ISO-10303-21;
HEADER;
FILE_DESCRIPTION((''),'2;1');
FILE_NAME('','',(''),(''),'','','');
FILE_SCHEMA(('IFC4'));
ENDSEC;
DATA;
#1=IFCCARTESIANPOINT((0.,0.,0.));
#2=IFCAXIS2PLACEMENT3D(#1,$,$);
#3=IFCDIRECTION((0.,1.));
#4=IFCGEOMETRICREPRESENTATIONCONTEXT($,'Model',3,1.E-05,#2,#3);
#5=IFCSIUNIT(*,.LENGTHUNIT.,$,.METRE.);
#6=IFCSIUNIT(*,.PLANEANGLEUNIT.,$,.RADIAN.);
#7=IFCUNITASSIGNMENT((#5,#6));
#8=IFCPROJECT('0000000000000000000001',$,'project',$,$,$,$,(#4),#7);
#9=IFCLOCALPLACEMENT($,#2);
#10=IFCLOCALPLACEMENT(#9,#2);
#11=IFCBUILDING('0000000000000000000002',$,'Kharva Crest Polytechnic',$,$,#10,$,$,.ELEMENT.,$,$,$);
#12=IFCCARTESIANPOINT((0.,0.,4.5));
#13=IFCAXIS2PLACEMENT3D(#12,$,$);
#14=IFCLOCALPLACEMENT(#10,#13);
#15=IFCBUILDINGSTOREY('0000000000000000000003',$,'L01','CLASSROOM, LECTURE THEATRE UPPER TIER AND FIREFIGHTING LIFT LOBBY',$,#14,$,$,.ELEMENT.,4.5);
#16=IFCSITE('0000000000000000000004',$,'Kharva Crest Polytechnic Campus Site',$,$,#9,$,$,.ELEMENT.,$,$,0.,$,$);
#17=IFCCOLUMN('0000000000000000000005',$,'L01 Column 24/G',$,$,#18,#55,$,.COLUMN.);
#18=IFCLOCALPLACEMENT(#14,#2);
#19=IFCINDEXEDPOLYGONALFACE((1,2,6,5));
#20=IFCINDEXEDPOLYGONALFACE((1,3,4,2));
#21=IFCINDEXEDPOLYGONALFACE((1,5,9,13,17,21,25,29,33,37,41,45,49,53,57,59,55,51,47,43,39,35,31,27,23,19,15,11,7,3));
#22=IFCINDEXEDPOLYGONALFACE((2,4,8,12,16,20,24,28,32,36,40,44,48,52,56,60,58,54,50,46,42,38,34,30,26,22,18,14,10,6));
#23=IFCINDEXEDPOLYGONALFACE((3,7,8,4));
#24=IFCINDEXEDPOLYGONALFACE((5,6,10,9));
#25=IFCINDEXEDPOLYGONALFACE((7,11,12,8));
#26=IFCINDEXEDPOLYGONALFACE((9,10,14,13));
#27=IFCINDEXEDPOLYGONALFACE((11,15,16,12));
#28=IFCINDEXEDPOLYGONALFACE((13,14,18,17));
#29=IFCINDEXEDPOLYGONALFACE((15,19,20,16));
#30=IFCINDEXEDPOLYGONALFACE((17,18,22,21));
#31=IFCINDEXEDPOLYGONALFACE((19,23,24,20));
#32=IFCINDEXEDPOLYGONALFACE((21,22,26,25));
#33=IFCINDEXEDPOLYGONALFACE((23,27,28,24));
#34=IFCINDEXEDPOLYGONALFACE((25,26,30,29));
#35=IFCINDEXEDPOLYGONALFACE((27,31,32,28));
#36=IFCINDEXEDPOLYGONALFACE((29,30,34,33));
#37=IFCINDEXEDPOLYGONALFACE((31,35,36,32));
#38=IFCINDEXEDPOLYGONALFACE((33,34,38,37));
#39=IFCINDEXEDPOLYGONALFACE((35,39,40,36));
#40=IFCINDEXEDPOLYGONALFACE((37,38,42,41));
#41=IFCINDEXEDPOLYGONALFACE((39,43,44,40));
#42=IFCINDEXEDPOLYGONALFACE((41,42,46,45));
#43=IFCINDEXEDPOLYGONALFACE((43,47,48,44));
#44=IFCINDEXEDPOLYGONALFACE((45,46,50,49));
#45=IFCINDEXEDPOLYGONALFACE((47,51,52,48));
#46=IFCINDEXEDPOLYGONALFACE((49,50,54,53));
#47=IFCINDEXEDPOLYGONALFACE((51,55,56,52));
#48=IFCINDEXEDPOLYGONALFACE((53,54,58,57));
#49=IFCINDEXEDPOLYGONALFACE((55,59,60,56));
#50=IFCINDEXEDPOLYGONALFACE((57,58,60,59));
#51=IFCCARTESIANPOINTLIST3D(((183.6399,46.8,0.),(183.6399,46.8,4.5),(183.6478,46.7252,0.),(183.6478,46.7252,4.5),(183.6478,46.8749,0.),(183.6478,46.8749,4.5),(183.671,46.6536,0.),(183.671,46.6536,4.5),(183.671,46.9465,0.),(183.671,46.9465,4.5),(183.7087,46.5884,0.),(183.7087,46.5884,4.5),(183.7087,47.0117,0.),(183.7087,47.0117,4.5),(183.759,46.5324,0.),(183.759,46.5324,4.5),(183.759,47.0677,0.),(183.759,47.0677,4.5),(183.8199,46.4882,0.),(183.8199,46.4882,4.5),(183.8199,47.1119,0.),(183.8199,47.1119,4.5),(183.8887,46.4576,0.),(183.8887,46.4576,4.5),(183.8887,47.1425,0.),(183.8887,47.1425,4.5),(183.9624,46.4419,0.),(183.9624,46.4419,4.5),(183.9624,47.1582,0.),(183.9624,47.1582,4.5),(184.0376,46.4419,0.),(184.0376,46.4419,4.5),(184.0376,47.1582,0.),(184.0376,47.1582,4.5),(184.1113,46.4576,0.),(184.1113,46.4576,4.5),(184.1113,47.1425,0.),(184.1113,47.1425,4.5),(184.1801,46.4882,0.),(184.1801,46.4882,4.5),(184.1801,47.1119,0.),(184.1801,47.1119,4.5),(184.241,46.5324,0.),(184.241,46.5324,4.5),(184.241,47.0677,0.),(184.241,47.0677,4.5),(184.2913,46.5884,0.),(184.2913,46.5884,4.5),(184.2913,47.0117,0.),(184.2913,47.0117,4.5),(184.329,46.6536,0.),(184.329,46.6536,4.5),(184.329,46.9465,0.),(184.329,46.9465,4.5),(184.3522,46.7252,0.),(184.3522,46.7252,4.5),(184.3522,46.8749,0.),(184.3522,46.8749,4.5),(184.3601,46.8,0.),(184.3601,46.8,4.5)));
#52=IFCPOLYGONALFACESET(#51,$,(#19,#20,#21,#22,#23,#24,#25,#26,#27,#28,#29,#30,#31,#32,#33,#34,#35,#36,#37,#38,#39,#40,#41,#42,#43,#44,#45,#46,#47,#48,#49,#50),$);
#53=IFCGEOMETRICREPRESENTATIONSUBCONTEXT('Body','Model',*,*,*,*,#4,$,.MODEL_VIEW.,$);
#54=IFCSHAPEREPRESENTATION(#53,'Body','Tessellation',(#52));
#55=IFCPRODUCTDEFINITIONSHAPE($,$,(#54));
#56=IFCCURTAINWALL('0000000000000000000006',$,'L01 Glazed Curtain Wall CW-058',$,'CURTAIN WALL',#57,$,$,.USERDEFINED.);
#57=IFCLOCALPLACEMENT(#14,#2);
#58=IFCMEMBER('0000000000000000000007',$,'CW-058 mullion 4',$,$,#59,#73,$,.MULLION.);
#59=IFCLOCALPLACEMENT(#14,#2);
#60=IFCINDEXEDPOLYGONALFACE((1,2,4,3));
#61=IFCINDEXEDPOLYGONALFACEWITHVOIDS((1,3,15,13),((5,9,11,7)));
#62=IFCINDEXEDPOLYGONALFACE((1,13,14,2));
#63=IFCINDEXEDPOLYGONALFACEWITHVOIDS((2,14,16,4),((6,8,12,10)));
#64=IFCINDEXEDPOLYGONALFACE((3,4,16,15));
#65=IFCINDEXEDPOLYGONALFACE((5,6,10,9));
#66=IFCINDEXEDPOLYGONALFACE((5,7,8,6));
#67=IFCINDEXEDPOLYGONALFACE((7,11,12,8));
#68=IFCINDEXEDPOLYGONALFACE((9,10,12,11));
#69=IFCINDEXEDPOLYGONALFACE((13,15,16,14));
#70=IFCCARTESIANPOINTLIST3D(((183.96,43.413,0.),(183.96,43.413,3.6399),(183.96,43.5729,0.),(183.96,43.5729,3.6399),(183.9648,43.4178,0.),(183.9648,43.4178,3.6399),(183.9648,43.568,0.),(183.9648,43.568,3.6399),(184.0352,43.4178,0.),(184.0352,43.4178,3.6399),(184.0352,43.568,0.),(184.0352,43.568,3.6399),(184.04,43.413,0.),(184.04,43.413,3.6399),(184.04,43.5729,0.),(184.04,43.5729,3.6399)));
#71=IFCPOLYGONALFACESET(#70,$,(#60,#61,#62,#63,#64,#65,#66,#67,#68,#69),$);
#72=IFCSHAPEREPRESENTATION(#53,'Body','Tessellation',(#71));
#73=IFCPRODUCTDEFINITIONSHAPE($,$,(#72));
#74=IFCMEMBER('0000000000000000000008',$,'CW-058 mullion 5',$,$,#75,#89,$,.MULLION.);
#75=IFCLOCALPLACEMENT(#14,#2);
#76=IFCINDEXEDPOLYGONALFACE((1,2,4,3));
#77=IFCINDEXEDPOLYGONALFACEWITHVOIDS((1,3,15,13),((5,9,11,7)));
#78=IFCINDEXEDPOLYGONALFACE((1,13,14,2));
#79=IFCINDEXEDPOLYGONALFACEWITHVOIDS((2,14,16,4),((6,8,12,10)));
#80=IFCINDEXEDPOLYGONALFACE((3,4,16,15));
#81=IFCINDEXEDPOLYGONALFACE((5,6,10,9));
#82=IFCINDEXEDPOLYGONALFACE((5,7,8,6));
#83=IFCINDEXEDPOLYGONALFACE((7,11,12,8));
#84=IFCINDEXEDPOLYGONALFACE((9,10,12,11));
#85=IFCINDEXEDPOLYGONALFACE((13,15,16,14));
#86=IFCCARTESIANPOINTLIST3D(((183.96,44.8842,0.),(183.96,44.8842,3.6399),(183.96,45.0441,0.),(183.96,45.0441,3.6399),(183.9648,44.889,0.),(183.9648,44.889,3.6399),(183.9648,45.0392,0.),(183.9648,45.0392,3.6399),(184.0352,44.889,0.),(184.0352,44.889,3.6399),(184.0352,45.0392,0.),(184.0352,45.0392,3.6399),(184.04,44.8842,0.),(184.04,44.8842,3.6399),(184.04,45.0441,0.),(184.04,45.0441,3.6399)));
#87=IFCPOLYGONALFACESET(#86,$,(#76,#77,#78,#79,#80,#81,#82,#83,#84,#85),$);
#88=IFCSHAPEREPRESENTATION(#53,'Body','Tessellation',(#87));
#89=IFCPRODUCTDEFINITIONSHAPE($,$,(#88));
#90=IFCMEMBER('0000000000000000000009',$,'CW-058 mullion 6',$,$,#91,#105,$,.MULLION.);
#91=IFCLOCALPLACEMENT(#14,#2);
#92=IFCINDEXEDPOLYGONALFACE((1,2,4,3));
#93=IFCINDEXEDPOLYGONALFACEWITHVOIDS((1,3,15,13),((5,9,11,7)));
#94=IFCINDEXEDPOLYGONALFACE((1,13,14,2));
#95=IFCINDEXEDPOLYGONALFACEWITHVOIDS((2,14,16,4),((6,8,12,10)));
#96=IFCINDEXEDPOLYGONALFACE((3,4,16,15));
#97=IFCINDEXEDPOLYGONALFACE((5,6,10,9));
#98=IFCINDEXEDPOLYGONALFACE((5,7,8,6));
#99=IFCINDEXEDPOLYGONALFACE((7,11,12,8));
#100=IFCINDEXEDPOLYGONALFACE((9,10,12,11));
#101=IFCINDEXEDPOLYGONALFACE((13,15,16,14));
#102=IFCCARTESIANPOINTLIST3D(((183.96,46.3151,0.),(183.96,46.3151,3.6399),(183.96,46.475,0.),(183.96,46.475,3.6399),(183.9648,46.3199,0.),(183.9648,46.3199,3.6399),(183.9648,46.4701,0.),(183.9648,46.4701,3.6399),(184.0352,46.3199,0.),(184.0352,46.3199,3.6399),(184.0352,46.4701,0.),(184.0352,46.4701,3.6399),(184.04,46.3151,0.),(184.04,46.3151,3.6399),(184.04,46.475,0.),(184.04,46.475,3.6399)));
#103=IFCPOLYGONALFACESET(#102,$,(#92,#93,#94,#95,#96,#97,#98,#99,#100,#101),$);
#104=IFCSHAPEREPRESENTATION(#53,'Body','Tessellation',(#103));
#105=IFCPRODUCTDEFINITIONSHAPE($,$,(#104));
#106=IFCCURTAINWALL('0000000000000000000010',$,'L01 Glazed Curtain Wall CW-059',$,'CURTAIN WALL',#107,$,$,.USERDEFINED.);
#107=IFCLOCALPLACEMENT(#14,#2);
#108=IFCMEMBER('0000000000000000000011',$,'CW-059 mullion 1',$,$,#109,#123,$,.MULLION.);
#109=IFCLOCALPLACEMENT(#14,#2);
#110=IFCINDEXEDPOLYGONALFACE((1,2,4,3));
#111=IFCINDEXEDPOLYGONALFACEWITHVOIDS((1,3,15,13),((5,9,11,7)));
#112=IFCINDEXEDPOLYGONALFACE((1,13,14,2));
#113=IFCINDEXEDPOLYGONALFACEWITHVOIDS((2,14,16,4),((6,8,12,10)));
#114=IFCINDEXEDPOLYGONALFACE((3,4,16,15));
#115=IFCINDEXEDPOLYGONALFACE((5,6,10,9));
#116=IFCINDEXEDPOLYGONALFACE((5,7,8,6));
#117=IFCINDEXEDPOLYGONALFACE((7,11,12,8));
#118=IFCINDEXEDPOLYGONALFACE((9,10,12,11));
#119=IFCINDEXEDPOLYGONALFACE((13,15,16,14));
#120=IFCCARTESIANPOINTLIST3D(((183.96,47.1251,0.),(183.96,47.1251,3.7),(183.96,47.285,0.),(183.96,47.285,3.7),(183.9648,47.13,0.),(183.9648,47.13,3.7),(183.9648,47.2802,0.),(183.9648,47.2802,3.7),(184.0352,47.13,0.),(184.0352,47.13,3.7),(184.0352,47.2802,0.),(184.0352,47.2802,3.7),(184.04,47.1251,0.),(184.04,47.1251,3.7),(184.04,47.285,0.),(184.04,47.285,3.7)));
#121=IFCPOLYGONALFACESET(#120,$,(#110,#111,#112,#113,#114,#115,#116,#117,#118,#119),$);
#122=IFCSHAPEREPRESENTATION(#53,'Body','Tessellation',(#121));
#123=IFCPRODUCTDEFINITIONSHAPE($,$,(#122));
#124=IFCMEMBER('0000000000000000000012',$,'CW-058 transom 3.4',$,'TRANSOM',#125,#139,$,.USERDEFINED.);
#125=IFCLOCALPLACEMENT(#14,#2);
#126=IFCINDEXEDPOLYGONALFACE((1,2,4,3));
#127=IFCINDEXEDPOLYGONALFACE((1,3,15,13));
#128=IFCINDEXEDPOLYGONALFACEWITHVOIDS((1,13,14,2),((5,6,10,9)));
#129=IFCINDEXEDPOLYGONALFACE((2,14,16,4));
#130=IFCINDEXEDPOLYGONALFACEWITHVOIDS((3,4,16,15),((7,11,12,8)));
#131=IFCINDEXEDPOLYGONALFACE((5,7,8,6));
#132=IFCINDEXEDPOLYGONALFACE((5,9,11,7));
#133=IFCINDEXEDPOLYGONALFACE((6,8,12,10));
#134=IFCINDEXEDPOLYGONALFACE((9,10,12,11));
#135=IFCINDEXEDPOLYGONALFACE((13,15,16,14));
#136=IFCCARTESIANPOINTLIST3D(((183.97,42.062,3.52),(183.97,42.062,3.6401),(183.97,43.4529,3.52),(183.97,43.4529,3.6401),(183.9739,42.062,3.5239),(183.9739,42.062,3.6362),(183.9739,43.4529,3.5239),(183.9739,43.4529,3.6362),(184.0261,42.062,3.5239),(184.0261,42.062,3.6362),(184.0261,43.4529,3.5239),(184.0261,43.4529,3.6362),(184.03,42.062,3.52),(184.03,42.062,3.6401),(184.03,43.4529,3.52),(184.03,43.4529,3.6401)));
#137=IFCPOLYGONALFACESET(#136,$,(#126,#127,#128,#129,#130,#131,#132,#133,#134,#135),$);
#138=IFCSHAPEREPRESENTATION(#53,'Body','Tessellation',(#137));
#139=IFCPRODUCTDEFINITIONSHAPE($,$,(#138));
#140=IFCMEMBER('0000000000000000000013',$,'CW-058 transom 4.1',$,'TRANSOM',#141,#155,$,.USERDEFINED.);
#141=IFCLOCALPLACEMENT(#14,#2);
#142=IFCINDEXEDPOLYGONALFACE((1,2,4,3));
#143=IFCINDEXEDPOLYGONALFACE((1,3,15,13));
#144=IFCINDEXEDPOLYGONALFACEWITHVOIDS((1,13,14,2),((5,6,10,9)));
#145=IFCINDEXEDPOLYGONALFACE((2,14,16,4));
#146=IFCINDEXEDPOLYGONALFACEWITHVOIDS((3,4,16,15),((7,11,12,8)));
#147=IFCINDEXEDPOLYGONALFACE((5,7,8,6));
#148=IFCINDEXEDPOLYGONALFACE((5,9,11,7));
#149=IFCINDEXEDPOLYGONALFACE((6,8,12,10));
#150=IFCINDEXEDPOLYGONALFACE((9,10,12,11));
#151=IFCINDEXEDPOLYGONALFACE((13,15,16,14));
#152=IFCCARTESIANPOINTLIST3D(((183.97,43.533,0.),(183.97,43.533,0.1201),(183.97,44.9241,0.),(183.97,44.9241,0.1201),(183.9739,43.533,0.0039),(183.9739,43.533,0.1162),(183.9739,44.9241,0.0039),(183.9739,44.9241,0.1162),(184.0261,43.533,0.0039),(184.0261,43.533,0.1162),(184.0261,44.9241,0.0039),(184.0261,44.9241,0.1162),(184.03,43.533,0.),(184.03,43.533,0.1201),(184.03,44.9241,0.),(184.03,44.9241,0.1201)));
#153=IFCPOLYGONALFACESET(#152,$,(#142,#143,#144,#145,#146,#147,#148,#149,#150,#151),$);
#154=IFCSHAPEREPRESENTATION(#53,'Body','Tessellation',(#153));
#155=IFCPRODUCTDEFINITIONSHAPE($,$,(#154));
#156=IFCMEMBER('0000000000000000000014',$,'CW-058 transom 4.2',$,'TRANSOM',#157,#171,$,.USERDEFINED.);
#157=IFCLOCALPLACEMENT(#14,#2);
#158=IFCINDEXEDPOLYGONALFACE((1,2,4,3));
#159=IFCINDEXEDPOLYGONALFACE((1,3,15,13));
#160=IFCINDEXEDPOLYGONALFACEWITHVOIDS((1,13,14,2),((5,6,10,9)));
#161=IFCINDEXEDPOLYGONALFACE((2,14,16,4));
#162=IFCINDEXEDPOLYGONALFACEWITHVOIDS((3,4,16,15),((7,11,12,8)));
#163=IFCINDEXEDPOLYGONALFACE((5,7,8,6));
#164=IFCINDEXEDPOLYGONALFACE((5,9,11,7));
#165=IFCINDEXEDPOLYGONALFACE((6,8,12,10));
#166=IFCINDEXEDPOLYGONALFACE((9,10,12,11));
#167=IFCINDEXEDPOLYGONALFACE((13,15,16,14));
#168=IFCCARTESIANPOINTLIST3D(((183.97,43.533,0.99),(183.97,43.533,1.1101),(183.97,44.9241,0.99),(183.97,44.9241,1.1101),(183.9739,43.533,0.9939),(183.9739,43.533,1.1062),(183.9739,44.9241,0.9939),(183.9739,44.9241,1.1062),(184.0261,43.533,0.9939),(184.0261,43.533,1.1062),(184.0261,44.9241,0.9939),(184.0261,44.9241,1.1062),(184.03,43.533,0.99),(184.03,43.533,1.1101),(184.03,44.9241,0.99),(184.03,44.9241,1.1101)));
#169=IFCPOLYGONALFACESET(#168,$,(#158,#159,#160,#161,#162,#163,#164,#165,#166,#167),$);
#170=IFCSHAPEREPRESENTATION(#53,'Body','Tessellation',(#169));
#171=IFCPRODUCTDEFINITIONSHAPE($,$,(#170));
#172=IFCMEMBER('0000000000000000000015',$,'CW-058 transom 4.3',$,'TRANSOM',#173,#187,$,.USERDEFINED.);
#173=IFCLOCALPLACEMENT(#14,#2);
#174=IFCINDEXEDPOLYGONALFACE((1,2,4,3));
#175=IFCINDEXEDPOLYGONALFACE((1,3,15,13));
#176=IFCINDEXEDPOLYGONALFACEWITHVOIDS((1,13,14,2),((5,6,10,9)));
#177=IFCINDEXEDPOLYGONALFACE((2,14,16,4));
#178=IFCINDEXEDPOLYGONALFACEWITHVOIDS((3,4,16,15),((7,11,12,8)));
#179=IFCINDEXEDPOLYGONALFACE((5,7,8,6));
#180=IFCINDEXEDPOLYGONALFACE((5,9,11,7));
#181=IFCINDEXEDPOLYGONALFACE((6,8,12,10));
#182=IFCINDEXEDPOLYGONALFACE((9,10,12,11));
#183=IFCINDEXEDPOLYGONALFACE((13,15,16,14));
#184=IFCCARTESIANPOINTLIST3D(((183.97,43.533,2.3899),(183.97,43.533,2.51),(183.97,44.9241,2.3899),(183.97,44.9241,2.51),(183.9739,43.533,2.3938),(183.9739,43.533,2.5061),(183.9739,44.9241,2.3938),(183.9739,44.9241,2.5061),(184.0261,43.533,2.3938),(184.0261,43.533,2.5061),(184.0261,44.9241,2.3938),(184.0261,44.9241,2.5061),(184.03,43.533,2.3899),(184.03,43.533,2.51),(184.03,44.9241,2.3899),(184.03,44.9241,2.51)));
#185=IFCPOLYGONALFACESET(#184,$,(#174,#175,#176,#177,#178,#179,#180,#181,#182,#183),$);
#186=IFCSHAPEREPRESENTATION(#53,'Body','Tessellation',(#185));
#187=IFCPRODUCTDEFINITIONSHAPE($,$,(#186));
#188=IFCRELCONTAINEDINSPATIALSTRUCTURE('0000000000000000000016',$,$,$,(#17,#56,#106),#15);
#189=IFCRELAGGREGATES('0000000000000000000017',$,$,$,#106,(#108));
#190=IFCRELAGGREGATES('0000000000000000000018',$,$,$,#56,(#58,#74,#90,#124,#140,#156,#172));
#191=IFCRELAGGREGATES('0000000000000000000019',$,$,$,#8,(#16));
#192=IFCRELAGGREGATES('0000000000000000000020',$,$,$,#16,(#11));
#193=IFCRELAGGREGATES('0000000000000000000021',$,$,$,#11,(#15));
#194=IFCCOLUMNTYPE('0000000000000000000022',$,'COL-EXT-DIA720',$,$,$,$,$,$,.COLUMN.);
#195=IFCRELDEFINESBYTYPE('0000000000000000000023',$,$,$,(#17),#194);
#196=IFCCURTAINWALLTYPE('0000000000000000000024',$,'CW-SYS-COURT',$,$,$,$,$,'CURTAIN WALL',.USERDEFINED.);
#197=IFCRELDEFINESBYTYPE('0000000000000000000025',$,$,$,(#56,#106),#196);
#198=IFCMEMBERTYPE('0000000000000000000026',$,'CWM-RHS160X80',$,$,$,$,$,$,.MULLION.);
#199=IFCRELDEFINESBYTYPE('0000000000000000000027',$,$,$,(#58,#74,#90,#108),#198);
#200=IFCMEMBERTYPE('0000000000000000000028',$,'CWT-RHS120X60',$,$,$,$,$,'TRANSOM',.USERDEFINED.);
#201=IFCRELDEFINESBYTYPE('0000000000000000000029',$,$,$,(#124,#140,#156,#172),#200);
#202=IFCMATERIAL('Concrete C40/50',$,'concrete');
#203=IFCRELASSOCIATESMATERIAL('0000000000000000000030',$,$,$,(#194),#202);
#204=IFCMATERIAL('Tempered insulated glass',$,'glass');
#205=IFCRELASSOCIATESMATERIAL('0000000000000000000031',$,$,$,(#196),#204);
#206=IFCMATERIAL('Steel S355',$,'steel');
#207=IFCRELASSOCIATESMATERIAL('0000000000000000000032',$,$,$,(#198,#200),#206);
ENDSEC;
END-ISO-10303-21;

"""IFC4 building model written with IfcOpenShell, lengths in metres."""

from ifc_helpers import new_model, si_unit, direction, frame, origin, origin_2d, place, context, subcontext, project, spatial, hollow_rectangle, circle, extrude, material, material_profile, profile_set, type_object, element, aggregate, save


model = new_model("IFC4")

# Units and contexts
model_context = context("Model", 3, precision=1e-05, world=origin(), true_north=direction((0.0, 1.0)))
body_context = subcontext(model_context, "Body", "Model", "MODEL_VIEW")
ifc_project = project(units=[si_unit("LENGTHUNIT", "METRE"), si_unit("PLANEANGLEUNIT", "RADIAN")], contexts=[model_context])

# Site, building, storey
site_placement = place(None, origin())
site = spatial("IfcSite", under=ifc_project, at=site_placement, Name="Kharva Crest Polytechnic Campus Site", CompositionType="ELEMENT", RefElevation=0.0)
building_placement = place(site_placement, origin())
building = spatial("IfcBuilding", under=site, at=building_placement, Name="Kharva Crest Polytechnic", CompositionType="ELEMENT")
storey_placement = place(building_placement, frame((0.0, 0.0, 4.5)))
storey = spatial("IfcBuildingStorey", under=building, at=storey_placement, Name="L01", Description="CLASSROOM, LECTURE THEATRE UPPER TIER AND FIREFIGHTING LIFT LOBBY", CompositionType="ELEMENT", Elevation=4.5)

# Column
ifc_material_1 = material(Name="Concrete C40/50", Category="concrete")
ifc_material_profile_1 = material_profile(ifc_material_1, circle(Radius=0.3601, at=origin_2d()), Name="DIA 720")
ifc_profile_set_1 = profile_set([ifc_material_profile_1], Name="Concrete C40/50")
column_type = type_object("IfcColumnType", Name="COL-EXT-DIA720", PredefinedType="COLUMN", material=ifc_profile_set_1)
column_placement = place(storey_placement, frame((184.0, 46.8, 0.0), z_axis=(0.0, 0.0, 1.0), x_axis=(1.0, 0.0, 0.0)))
element("IfcColumn", 1, at=column_placement, inside=storey, type_object=column_type, Name="L01 Column 24/G", PredefinedType="COLUMN", context=body_context, shape_type="SweptSolid", body=[
    extrude(circle(Radius=0.3601, at=origin_2d()), origin(), (0.0, 0.0, 1.0), 4.5),
])

# Curtain wall, members
ifc_material_2 = material(Name="Tempered insulated glass", Category="glass")
curtain_wall_type = type_object("IfcCurtainWallType", Name="CW-SYS-COURT", ElementType="CURTAIN WALL", PredefinedType="USERDEFINED", material=ifc_material_2)
curtain_wall_1_placement = place(storey_placement, origin())
curtain_wall_1 = element("IfcCurtainWall", 2, at=curtain_wall_1_placement, inside=storey, type_object=curtain_wall_type, Name="L01 Glazed Curtain Wall CW-058", ObjectType="CURTAIN WALL", PredefinedType="USERDEFINED")
ifc_material_3 = material(Name="Steel S355", Category="steel")
ifc_material_profile_2 = material_profile(ifc_material_3, hollow_rectangle(XDim=0.0801, YDim=0.1599, WallThickness=0.0049, at=origin_2d()), Name="RHS 160X80X5.0")
ifc_profile_set_2 = profile_set([ifc_material_profile_2], Name="Steel S355")
member_type_1 = type_object("IfcMemberType", Name="CWM-RHS160X80", PredefinedType="MULLION", material=ifc_profile_set_2)
member_1_placement = place(storey_placement, frame((184.0, 43.4929, 0.0), z_axis=(0.0, 0.0, 1.0), x_axis=(-1.0, 0.0, 0.0)))
member_1 = element("IfcMember", 3, at=member_1_placement, type_object=member_type_1, Name="CW-058 mullion 4", PredefinedType="MULLION", context=body_context, shape_type="SweptSolid", body=[
    extrude(hollow_rectangle(XDim=0.0801, YDim=0.1599, WallThickness=0.0049, at=origin_2d()), origin(), (0.0, 0.0, 1.0), 3.6399),
])
member_2_placement = place(storey_placement, frame((184.0, 44.9641, 0.0), z_axis=(0.0, 0.0, 1.0), x_axis=(-1.0, 0.0, 0.0)))
member_2 = element("IfcMember", 4, at=member_2_placement, type_object=member_type_1, Name="CW-058 mullion 5", PredefinedType="MULLION", context=body_context, shape_type="SweptSolid", body=[
    extrude(hollow_rectangle(XDim=0.0801, YDim=0.1599, WallThickness=0.0049, at=origin_2d()), origin(), (0.0, 0.0, 1.0), 3.6399),
])
member_3_placement = place(storey_placement, frame((184.0, 46.395, 0.0), z_axis=(0.0, 0.0, 1.0), x_axis=(-1.0, 0.0, 0.0)))
member_3 = element("IfcMember", 5, at=member_3_placement, type_object=member_type_1, Name="CW-058 mullion 6", PredefinedType="MULLION", context=body_context, shape_type="SweptSolid", body=[
    extrude(hollow_rectangle(XDim=0.0801, YDim=0.1599, WallThickness=0.0049, at=origin_2d()), origin(), (0.0, 0.0, 1.0), 3.6399),
])

# Curtain wall, member
curtain_wall_2_placement = place(storey_placement, origin())
curtain_wall_2 = element("IfcCurtainWall", 6, at=curtain_wall_2_placement, inside=storey, type_object=curtain_wall_type, Name="L01 Glazed Curtain Wall CW-059", ObjectType="CURTAIN WALL", PredefinedType="USERDEFINED")
member_4_placement = place(storey_placement, frame((184.0, 47.2051, 0.0), z_axis=(0.0, 0.0, 1.0), x_axis=(-1.0, 0.0, 0.0)))
member_4 = element("IfcMember", 7, at=member_4_placement, type_object=member_type_1, Name="CW-059 mullion 1", PredefinedType="MULLION", context=body_context, shape_type="SweptSolid", body=[
    extrude(hollow_rectangle(XDim=0.0801, YDim=0.1599, WallThickness=0.0049, at=origin_2d()), origin(), (0.0, 0.0, 1.0), 3.7),
])
aggregate(curtain_wall_2, [member_4])

# Members
ifc_material_profile_3 = material_profile(ifc_material_3, hollow_rectangle(XDim=0.0601, YDim=0.1201, WallThickness=0.0039, at=origin_2d()), Name="RHS 120X60X4.0")
ifc_profile_set_3 = profile_set([ifc_material_profile_3], Name="Steel S355")
member_type_2 = type_object("IfcMemberType", Name="CWT-RHS120X60", ElementType="TRANSOM", PredefinedType="USERDEFINED", material=ifc_profile_set_3)
member_5_placement = place(storey_placement, frame((184.0, 42.062, 3.5801), z_axis=(0.0, 1.0, 0.0), x_axis=(-1.0, 0.0, 0.0)))
member_5 = element("IfcMember", 8, at=member_5_placement, type_object=member_type_2, Name="CW-058 transom 3.4", ObjectType="TRANSOM", PredefinedType="USERDEFINED", context=body_context, shape_type="SweptSolid", body=[
    extrude(hollow_rectangle(XDim=0.0601, YDim=0.1201, WallThickness=0.0039, at=origin_2d()), origin(), (0.0, 0.0, 1.0), 1.3909),
])
member_6_placement = place(storey_placement, frame((184.0, 43.533, 0.0601), z_axis=(0.0, 1.0, 0.0), x_axis=(-1.0, 0.0, 0.0)))
member_6 = element("IfcMember", 9, at=member_6_placement, type_object=member_type_2, Name="CW-058 transom 4.1", ObjectType="TRANSOM", PredefinedType="USERDEFINED", context=body_context, shape_type="SweptSolid", body=[
    extrude(hollow_rectangle(XDim=0.0601, YDim=0.1201, WallThickness=0.0039, at=origin_2d()), origin(), (0.0, 0.0, 1.0), 1.3911),
])
member_7_placement = place(storey_placement, frame((184.0, 43.533, 1.05), z_axis=(0.0, 1.0, 0.0), x_axis=(-1.0, 0.0, 0.0)))
member_7 = element("IfcMember", 10, at=member_7_placement, type_object=member_type_2, Name="CW-058 transom 4.2", ObjectType="TRANSOM", PredefinedType="USERDEFINED", context=body_context, shape_type="SweptSolid", body=[
    extrude(hollow_rectangle(XDim=0.0601, YDim=0.1201, WallThickness=0.0039, at=origin_2d()), origin(), (0.0, 0.0, 1.0), 1.3911),
])
member_8_placement = place(storey_placement, frame((184.0, 43.533, 2.45), z_axis=(0.0, 1.0, 0.0), x_axis=(-1.0, 0.0, 0.0)))
member_8 = element("IfcMember", 11, at=member_8_placement, type_object=member_type_2, Name="CW-058 transom 4.3", ObjectType="TRANSOM", PredefinedType="USERDEFINED", context=body_context, shape_type="SweptSolid", body=[
    extrude(hollow_rectangle(XDim=0.0601, YDim=0.1201, WallThickness=0.0039, at=origin_2d()), origin(), (0.0, 0.0, 1.0), 1.3911),
])

aggregate(curtain_wall_1, [member_1, member_2, member_3, member_5, member_6, member_7, member_8])

save(model, "model.ifc")
